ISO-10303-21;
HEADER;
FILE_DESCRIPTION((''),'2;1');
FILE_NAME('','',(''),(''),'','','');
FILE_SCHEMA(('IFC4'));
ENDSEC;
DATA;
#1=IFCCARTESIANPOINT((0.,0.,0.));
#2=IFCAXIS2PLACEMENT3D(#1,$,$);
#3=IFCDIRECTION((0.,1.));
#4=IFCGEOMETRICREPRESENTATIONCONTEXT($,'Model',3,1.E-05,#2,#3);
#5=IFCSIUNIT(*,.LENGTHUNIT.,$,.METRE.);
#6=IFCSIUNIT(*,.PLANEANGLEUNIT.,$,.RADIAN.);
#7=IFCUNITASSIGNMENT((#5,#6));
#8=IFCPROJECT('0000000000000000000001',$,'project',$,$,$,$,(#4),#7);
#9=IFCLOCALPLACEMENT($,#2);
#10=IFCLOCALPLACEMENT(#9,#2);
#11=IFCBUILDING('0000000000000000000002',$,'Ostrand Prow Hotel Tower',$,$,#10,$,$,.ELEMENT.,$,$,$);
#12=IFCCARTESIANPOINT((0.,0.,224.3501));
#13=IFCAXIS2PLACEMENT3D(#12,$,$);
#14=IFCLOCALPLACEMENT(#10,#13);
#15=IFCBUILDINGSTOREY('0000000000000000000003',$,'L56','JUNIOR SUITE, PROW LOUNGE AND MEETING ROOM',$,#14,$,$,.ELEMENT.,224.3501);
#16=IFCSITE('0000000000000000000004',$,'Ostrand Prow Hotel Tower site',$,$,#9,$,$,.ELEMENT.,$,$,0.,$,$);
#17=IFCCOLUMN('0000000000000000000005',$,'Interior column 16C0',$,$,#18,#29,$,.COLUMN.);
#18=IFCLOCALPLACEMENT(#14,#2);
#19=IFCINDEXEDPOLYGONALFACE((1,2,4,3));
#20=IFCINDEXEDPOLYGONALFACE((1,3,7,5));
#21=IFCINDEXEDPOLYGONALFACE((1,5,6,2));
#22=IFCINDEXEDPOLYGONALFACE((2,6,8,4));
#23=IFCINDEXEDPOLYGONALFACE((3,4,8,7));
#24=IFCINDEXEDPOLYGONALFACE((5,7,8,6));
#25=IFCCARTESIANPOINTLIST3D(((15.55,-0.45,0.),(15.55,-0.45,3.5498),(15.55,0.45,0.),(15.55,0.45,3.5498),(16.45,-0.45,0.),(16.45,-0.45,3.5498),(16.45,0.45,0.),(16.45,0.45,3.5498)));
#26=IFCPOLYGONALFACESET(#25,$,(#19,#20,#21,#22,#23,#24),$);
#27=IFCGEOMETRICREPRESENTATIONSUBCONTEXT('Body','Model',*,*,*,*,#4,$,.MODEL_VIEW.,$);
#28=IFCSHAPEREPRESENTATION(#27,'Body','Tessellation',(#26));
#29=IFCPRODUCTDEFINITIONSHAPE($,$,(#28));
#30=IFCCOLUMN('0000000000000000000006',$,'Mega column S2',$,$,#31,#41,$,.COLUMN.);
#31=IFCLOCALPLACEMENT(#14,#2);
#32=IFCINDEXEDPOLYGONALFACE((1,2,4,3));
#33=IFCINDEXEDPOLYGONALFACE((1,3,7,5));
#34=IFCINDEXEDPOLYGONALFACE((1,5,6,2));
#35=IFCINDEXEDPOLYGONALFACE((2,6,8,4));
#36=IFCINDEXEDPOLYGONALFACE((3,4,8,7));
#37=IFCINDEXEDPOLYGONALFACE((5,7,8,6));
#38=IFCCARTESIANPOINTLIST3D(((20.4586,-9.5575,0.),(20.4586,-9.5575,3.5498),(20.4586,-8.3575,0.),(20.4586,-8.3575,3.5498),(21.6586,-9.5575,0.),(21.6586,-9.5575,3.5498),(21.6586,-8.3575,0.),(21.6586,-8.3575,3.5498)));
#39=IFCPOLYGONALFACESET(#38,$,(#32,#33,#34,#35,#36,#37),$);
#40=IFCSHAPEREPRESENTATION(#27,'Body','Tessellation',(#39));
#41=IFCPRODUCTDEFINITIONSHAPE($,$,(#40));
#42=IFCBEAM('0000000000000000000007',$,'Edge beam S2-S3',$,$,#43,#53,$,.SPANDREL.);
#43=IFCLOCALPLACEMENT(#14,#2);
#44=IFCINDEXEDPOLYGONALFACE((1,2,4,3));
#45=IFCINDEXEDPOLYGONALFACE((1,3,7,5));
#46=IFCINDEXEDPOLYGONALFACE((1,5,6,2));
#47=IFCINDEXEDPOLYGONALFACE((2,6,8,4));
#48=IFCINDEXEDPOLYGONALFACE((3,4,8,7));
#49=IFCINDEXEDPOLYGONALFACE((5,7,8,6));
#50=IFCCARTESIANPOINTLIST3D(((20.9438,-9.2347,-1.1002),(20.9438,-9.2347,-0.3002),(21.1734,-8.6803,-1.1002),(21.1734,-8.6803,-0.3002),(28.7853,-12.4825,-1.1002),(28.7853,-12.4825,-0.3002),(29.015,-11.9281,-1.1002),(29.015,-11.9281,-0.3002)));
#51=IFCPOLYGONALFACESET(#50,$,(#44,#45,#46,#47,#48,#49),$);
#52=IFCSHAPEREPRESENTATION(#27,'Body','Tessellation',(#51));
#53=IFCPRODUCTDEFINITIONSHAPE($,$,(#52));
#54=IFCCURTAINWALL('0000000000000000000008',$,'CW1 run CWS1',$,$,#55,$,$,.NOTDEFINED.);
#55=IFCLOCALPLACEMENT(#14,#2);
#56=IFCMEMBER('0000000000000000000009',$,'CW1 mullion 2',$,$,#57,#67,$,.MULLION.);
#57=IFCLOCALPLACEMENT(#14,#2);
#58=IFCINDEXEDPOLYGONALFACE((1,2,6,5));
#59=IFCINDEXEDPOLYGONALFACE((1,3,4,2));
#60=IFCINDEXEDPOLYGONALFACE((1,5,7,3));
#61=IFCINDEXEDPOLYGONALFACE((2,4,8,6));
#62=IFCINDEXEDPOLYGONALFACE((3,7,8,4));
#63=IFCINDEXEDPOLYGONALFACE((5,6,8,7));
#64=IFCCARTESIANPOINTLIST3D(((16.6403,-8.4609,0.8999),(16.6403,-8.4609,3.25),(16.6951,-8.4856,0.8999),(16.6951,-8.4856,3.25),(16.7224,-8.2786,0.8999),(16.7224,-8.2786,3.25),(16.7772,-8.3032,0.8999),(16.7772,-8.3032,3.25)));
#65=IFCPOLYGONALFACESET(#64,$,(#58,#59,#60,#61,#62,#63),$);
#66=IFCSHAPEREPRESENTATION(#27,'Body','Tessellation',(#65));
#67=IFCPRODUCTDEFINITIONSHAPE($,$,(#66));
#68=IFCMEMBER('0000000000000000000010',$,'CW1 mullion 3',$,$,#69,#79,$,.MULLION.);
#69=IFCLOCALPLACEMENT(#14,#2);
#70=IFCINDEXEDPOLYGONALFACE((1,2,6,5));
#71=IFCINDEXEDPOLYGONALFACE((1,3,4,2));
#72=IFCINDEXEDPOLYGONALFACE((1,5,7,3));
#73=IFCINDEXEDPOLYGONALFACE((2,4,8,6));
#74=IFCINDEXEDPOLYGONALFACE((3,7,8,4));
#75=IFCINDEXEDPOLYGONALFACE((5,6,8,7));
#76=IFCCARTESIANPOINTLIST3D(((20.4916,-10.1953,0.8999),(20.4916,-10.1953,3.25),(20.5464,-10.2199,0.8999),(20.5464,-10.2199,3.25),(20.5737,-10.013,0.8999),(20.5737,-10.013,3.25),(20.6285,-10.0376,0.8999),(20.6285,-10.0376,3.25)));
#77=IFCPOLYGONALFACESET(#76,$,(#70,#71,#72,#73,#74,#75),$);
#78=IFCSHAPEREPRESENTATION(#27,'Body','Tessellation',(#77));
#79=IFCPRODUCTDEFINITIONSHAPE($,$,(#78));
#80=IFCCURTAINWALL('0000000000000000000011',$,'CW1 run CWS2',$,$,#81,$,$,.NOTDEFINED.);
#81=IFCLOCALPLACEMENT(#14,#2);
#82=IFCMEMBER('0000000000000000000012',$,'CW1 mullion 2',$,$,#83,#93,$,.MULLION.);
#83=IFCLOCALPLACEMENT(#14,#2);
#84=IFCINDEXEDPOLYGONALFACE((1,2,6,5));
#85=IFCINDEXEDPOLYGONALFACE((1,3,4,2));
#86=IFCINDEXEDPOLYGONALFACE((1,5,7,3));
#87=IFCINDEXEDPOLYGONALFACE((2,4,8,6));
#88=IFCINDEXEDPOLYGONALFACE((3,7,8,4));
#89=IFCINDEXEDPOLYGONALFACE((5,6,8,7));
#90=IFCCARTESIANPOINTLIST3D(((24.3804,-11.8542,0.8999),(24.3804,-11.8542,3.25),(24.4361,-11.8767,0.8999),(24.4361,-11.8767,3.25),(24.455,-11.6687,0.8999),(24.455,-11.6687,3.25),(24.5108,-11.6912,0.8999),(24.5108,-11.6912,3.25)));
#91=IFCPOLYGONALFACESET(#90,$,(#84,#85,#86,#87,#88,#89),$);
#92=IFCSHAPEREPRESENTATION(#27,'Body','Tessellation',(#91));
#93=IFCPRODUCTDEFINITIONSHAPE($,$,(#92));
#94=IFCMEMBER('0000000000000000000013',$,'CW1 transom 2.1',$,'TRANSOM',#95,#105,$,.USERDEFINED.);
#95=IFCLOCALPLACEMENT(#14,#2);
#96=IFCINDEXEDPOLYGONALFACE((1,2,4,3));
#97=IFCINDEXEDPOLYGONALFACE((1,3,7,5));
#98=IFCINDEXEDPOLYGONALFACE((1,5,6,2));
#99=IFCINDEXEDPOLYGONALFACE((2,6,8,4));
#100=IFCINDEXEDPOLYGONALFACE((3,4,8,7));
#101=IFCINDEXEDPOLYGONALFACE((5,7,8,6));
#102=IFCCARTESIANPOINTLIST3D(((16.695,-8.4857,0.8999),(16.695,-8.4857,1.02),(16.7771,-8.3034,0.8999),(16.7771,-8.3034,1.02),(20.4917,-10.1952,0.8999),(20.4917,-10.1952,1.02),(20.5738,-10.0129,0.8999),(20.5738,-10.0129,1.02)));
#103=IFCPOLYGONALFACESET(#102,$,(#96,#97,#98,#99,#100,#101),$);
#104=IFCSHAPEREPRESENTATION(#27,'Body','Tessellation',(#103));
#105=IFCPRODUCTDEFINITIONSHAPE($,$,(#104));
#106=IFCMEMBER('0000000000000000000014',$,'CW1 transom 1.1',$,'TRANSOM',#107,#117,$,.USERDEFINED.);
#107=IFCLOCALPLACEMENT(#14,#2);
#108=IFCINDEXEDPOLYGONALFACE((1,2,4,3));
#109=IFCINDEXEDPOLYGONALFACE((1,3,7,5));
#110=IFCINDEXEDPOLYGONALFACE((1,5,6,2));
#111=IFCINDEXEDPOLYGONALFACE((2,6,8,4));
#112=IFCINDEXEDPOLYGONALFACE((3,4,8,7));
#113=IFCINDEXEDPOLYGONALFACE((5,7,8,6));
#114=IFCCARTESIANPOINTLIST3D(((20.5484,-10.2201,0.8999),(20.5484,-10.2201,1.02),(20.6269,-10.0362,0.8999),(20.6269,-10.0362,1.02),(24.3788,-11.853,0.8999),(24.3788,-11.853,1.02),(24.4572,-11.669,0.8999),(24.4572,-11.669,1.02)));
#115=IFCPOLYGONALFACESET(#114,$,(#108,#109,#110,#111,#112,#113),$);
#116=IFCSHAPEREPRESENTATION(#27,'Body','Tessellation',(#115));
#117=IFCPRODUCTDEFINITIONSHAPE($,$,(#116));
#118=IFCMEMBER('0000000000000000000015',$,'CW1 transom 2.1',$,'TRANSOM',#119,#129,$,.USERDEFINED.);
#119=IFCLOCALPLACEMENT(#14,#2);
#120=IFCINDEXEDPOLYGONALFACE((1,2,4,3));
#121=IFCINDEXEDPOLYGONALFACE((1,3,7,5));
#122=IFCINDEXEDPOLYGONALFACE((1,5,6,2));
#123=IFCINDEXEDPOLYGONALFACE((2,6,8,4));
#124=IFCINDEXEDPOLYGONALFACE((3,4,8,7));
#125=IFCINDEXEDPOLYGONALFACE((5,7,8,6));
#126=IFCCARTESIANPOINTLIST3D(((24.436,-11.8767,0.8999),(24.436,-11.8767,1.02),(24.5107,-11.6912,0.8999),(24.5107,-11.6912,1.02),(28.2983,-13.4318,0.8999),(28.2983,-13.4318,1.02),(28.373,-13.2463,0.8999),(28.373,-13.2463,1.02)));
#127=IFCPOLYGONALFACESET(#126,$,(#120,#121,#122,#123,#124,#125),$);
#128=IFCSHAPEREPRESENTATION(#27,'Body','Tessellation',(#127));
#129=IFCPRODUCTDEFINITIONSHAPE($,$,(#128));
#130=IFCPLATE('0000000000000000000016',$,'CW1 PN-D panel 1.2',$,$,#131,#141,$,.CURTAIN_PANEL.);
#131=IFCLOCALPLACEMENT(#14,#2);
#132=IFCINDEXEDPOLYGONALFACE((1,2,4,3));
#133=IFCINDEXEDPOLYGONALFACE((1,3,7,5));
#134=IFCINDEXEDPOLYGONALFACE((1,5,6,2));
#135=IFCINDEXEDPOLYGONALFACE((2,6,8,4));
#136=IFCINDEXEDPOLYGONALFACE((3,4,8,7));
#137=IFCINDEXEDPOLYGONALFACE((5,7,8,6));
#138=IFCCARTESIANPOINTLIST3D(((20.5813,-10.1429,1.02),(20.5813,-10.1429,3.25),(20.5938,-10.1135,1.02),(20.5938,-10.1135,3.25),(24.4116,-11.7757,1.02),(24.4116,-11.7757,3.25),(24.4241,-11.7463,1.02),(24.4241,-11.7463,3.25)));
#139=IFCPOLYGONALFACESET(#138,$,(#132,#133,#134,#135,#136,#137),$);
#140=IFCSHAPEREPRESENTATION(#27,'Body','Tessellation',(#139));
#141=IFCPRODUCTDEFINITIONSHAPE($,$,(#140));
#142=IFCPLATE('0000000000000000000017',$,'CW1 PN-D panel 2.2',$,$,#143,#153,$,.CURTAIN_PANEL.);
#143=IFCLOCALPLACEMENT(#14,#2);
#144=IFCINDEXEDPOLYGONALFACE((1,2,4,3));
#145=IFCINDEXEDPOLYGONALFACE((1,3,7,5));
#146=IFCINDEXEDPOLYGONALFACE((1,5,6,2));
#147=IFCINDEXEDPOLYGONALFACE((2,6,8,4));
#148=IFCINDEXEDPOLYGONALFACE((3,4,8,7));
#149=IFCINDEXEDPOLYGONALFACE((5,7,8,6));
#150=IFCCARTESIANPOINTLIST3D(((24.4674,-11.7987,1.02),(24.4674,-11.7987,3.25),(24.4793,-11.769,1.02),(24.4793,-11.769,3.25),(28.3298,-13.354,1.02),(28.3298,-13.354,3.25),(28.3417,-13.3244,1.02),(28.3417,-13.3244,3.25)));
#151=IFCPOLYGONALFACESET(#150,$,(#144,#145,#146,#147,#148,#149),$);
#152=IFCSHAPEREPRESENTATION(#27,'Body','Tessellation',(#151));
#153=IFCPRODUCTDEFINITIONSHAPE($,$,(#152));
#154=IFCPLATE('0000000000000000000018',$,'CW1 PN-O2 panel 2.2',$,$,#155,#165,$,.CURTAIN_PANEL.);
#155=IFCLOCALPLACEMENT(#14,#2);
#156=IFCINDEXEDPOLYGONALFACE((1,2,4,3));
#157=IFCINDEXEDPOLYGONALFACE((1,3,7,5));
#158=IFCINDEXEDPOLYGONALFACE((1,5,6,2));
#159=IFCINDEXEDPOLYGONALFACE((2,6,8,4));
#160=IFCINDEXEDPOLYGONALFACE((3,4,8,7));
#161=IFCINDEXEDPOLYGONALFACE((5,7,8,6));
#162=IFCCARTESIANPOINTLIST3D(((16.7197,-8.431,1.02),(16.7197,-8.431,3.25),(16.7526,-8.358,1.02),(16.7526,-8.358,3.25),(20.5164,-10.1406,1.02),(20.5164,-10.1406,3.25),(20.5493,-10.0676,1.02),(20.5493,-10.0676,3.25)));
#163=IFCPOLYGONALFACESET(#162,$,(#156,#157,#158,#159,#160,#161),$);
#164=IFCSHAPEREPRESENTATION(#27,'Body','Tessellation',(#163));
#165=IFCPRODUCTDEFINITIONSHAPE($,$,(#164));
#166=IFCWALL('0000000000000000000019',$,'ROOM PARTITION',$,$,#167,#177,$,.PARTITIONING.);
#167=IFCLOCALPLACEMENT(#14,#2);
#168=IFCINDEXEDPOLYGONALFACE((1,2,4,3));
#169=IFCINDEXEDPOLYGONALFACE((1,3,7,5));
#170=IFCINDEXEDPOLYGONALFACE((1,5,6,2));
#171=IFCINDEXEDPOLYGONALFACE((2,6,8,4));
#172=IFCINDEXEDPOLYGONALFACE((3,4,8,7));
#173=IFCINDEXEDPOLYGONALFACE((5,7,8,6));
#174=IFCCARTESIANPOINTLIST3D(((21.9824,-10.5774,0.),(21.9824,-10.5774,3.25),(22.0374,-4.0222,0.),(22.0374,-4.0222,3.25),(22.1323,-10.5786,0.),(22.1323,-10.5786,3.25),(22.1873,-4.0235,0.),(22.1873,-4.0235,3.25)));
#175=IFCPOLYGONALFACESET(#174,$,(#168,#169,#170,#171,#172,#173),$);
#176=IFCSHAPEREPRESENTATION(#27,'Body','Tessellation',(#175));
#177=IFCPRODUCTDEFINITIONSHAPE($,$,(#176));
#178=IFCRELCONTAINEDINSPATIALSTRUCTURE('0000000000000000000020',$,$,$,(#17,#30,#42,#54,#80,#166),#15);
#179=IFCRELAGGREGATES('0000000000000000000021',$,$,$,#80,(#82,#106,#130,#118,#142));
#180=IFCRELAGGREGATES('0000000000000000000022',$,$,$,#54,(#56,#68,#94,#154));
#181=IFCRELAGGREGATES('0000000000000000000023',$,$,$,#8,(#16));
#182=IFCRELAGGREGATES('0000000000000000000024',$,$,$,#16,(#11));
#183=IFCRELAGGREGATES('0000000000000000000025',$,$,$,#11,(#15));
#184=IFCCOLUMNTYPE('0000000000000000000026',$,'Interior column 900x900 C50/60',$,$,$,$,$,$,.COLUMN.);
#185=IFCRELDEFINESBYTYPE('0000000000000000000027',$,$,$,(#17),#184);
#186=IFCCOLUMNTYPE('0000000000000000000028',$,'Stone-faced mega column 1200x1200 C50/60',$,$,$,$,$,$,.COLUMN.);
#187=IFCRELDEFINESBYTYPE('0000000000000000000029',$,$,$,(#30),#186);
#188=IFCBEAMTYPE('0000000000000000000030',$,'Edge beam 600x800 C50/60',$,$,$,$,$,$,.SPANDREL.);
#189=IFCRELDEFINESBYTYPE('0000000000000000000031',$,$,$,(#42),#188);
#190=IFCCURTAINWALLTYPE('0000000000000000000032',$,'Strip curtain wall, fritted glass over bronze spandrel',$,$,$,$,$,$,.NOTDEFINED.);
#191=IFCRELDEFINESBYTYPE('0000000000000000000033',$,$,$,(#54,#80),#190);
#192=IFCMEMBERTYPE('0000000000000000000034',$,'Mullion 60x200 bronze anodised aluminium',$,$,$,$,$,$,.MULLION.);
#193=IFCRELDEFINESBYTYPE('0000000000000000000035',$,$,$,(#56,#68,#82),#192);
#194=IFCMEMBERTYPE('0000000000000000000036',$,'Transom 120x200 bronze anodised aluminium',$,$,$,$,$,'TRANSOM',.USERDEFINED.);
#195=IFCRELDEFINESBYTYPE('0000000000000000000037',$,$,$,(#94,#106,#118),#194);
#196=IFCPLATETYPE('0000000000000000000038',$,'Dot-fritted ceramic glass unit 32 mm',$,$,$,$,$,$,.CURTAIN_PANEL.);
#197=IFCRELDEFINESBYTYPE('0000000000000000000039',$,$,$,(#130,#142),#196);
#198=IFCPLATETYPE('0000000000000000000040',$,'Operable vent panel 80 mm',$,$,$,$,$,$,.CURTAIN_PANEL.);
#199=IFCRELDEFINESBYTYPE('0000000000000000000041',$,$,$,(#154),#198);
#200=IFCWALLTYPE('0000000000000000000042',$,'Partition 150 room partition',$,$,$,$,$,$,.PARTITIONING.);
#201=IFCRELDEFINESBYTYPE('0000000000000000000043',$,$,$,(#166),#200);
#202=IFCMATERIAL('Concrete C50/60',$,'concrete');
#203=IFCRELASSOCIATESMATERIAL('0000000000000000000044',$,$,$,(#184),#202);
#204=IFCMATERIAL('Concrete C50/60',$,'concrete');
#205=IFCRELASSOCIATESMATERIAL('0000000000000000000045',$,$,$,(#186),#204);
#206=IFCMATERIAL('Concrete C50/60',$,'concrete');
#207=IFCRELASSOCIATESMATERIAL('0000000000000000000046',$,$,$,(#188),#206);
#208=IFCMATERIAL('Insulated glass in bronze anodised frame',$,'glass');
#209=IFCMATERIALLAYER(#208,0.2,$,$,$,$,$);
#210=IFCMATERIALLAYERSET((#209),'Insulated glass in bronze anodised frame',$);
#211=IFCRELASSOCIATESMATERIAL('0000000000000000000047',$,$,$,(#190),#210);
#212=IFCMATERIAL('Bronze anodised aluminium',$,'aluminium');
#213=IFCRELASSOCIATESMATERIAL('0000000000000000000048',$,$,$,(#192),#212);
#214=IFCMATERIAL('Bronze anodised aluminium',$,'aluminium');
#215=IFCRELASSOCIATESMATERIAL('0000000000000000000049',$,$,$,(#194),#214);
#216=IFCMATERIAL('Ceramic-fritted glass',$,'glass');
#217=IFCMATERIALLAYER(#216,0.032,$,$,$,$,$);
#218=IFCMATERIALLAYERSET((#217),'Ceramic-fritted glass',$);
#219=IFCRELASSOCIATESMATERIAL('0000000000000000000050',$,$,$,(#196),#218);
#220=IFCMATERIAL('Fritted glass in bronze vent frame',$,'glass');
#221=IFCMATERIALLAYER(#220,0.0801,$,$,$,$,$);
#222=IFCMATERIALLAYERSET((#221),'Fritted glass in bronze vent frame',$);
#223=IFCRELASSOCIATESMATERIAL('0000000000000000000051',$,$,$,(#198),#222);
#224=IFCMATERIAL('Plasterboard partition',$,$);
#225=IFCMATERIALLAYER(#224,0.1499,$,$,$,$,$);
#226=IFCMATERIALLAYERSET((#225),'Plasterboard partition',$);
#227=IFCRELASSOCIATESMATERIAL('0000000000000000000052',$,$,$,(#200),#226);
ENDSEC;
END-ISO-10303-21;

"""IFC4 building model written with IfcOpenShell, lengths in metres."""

from ifc_helpers import new_model, si_unit, direction, frame, frame_2d, origin, origin_2d, place, context, subcontext, project, spatial, rectangle, extrude, material, layer, layer_set, material_profile, profile_set, type_object, element, aggregate, save


model = new_model("IFC4")

# Units and contexts
model_context = context("Model", 3, precision=1e-05, world=origin(), true_north=direction((0.0, 1.0)))
body_context = subcontext(model_context, "Body", "Model", "MODEL_VIEW")
ifc_project = project(units=[si_unit("LENGTHUNIT", "METRE"), si_unit("PLANEANGLEUNIT", "RADIAN")], contexts=[model_context])

# Site, building, storey
site_placement = place(None, origin())
site = spatial("IfcSite", under=ifc_project, at=site_placement, Name="Ostrand Prow Hotel Tower site", CompositionType="ELEMENT", RefElevation=0.0)
building_placement = place(site_placement, origin())
building = spatial("IfcBuilding", under=site, at=building_placement, Name="Ostrand Prow Hotel Tower", CompositionType="ELEMENT")
storey_placement = place(building_placement, frame((0.0, 0.0, 224.3501)))
storey = spatial("IfcBuildingStorey", under=building, at=storey_placement, Name="L56", Description="JUNIOR SUITE, PROW LOUNGE AND MEETING ROOM", CompositionType="ELEMENT", Elevation=224.3501)

# Columns
ifc_material_1 = material(Name="Concrete C50/60", Category="concrete")
ifc_material_profile_1 = material_profile(ifc_material_1, rectangle(XDim=0.8999, YDim=0.8999, at=origin_2d()), Name="RC 900x900")
ifc_profile_set_1 = profile_set([ifc_material_profile_1], Name="Concrete C50/60")
column_type_1 = type_object("IfcColumnType", Name="Interior column 900x900 C50/60", PredefinedType="COLUMN", material=ifc_profile_set_1)
column_1_placement = place(storey_placement, frame((16.0, 0.0, 0.0), z_axis=(0.0, 0.0, 1.0), x_axis=(1.0, 0.0, 0.0)))
element("IfcColumn", 1, at=column_1_placement, inside=storey, type_object=column_type_1, Name="Interior column 16C0", PredefinedType="COLUMN", context=body_context, shape_type="SweptSolid", body=[
    extrude(rectangle(XDim=0.8999, YDim=0.8999, at=origin_2d()), origin(), (0.0, 0.0, 1.0), 3.5498),
])
ifc_material_2 = material(Name="Concrete C50/60", Category="concrete")
ifc_material_profile_2 = material_profile(ifc_material_2, rectangle(XDim=1.2, YDim=1.2, at=origin_2d()), Name="RC 1200x1200")
ifc_profile_set_2 = profile_set([ifc_material_profile_2], Name="Concrete C50/60")
column_type_2 = type_object("IfcColumnType", Name="Stone-faced mega column 1200x1200 C50/60", PredefinedType="COLUMN", material=ifc_profile_set_2)
column_2_placement = place(storey_placement, frame((21.0586, -8.9575, 0.0), z_axis=(0.0, 0.0, 1.0), x_axis=(1.0, 0.0, 0.0)))
element("IfcColumn", 2, at=column_2_placement, inside=storey, type_object=column_type_2, Name="Mega column S2", PredefinedType="COLUMN", context=body_context, shape_type="SweptSolid", body=[
    extrude(rectangle(XDim=1.2, YDim=1.2, at=origin_2d()), origin(), (0.0, 0.0, 1.0), 3.5498),
])

# Beam
ifc_material_3 = material(Name="Concrete C50/60", Category="concrete")
ifc_material_profile_3 = material_profile(ifc_material_3, rectangle(XDim=0.6001, YDim=0.8, at=origin_2d()), Name="RC 600x800")
ifc_profile_set_3 = profile_set([ifc_material_profile_3], Name="Concrete C50/60")
beam_type = type_object("IfcBeamType", Name="Edge beam 600x800 C50/60", PredefinedType="SPANDREL", material=ifc_profile_set_3)
beam_placement = place(storey_placement, frame((21.0586, -8.9575, -0.7002), z_axis=(0.923891, -0.382656, 0.0), x_axis=(0.382656, 0.923891, 0.0)))
element("IfcBeam", 3, at=beam_placement, inside=storey, type_object=beam_type, Name="Edge beam S2-S3", PredefinedType="SPANDREL", context=body_context, shape_type="SweptSolid", body=[
    extrude(rectangle(XDim=0.6001, YDim=0.8, at=origin_2d()), origin(), (0.0, 0.0, 1.0), 8.4875),
])

# Curtain wall, members
ifc_material_4 = material(Name="Insulated glass in bronze anodised frame", Category="glass")
ifc_layer_1 = layer(ifc_material_4, 0.2)
ifc_layer_set_1 = layer_set([ifc_layer_1], Name="Insulated glass in bronze anodised frame")
curtain_wall_type = type_object("IfcCurtainWallType", Name="Strip curtain wall, fritted glass over bronze spandrel", PredefinedType="NOTDEFINED", material=ifc_layer_set_1)
curtain_wall_1_placement = place(storey_placement, origin())
curtain_wall_1 = element("IfcCurtainWall", 4, at=curtain_wall_1_placement, inside=storey, type_object=curtain_wall_type, Name="CW1 run CWS1", PredefinedType="NOTDEFINED")
ifc_material_5 = material(Name="Bronze anodised aluminium", Category="aluminium")
ifc_material_profile_4 = material_profile(ifc_material_5, rectangle(XDim=0.2, YDim=0.0601, at=origin_2d()), Name="Mullion 60x200 bronze anodised aluminium")
ifc_profile_set_4 = profile_set([ifc_material_profile_4], Name="Bronze anodised aluminium")
member_type_1 = type_object("IfcMemberType", Name="Mullion 60x200 bronze anodised aluminium", PredefinedType="MULLION", material=ifc_profile_set_4)
member_1_placement = place(storey_placement, frame((16.7087, -8.3821, 0.8999), z_axis=(0.0, 0.0, 1.0), x_axis=(0.410582, 0.911824, 0.0)))
member_1 = element("IfcMember", 5, at=member_1_placement, type_object=member_type_1, Name="CW1 mullion 2", PredefinedType="MULLION", context=body_context, shape_type="SweptSolid", body=[
    extrude(rectangle(XDim=0.2, YDim=0.0601, at=origin_2d()), origin(), (0.0, 0.0, 1.0), 2.3501),
])
member_2_placement = place(storey_placement, frame((20.5601, -10.1165, 0.8999), z_axis=(0.0, 0.0, 1.0), x_axis=(0.410582, 0.911824, 0.0)))
member_2 = element("IfcMember", 6, at=member_2_placement, type_object=member_type_1, Name="CW1 mullion 3", PredefinedType="MULLION", context=body_context, shape_type="SweptSolid", body=[
    extrude(rectangle(XDim=0.2, YDim=0.0601, at=origin_2d()), origin(), (0.0, 0.0, 1.0), 2.3501),
])

# Curtain wall, member
curtain_wall_2_placement = place(storey_placement, origin())
curtain_wall_2 = element("IfcCurtainWall", 7, at=curtain_wall_2_placement, inside=storey, type_object=curtain_wall_type, Name="CW1 run CWS2", PredefinedType="NOTDEFINED")
member_3_placement = place(storey_placement, frame((24.4456, -11.7727, 0.8999), z_axis=(0.0, 0.0, 1.0), x_axis=(0.373533, 0.927617, 0.0)))
member_3 = element("IfcMember", 8, at=member_3_placement, type_object=member_type_1, Name="CW1 mullion 2", PredefinedType="MULLION", context=body_context, shape_type="SweptSolid", body=[
    extrude(rectangle(XDim=0.2, YDim=0.0601, at=origin_2d()), origin(), (0.0, 0.0, 1.0), 2.3501),
])

# Members
ifc_material_6 = material(Name="Bronze anodised aluminium", Category="aluminium")
ifc_material_profile_5 = material_profile(ifc_material_6, rectangle(XDim=0.2, YDim=0.1201, at=origin_2d()), Name="Transom 120x200 bronze anodised aluminium")
ifc_profile_set_5 = profile_set([ifc_material_profile_5], Name="Bronze anodised aluminium")
member_type_2 = type_object("IfcMemberType", Name="Transom 120x200 bronze anodised aluminium", ElementType="TRANSOM", PredefinedType="USERDEFINED", material=ifc_profile_set_5)
member_4_placement = place(storey_placement, frame((16.7361, -8.3945, 0.96), z_axis=(0.911833, -0.410562, 0.0), x_axis=(0.410562, 0.911833, 0.0)))
member_4 = element("IfcMember", 9, at=member_4_placement, type_object=member_type_2, Name="CW1 transom 2.1", ObjectType="TRANSOM", PredefinedType="USERDEFINED", context=body_context, shape_type="SweptSolid", body=[
    extrude(rectangle(XDim=0.2, YDim=0.1201, at=origin_2d()), origin(), (0.0, 0.0, 1.0), 4.1638),
])
member_5_placement = place(storey_placement, frame((20.5876, -10.1282, 0.96), z_axis=(0.919905, -0.392142, 0.0), x_axis=(0.392142, 0.919905, 0.0)))
member_5 = element("IfcMember", 10, at=member_5_placement, type_object=member_type_2, Name="CW1 transom 1.1", ObjectType="TRANSOM", PredefinedType="USERDEFINED", context=body_context, shape_type="SweptSolid", body=[
    extrude(rectangle(XDim=0.2, YDim=0.1201, at=origin_2d()), origin(), (0.0, 0.0, 1.0), 4.1638),
])
member_6_placement = place(storey_placement, frame((24.4734, -11.7839, 0.96), z_axis=(0.927625, -0.373513, 0.0), x_axis=(0.373513, 0.927625, 0.0)))
member_6 = element("IfcMember", 11, at=member_6_placement, type_object=member_type_2, Name="CW1 transom 2.1", ObjectType="TRANSOM", PredefinedType="USERDEFINED", context=body_context, shape_type="SweptSolid", body=[
    extrude(rectangle(XDim=0.2, YDim=0.1201, at=origin_2d()), origin(), (0.0, 0.0, 1.0), 4.1636),
])

# Plates
ifc_material_7 = material(Name="Ceramic-fritted glass", Category="glass")
ifc_layer_2 = layer(ifc_material_7, 0.032)
ifc_layer_set_2 = layer_set([ifc_layer_2], Name="Ceramic-fritted glass")
plate_type_1 = type_object("IfcPlateType", Name="Dot-fritted ceramic glass unit 32 mm", PredefinedType="CURTAIN_PANEL", material=ifc_layer_set_2)
plate_1_placement = place(storey_placement, frame((22.5027, -10.9446, 1.02), z_axis=(0.0, 0.0, 1.0), x_axis=(0.919907, -0.392136, 0.0)))
plate_1 = element("IfcPlate", 12, at=plate_1_placement, type_object=plate_type_1, Name="CW1 PN-D panel 1.2", PredefinedType="CURTAIN_PANEL", context=body_context, shape_type="SweptSolid", body=[
    extrude(rectangle(XDim=4.1638, YDim=0.032, at=origin_2d()), origin(), (0.0, 0.0, 1.0), 2.23),
])
plate_2_placement = place(storey_placement, frame((26.4045, -12.5615, 1.02), z_axis=(0.0, 0.0, 1.0), x_axis=(0.927617, -0.373533, 0.0)))
plate_2 = element("IfcPlate", 13, at=plate_2_placement, type_object=plate_type_1, Name="CW1 PN-D panel 2.2", PredefinedType="CURTAIN_PANEL", context=body_context, shape_type="SweptSolid", body=[
    extrude(rectangle(XDim=4.1638, YDim=0.032, at=origin_2d()), origin(), (0.0, 0.0, 1.0), 2.23),
])
aggregate(curtain_wall_2, [member_3, member_5, plate_1, member_6, plate_2])
ifc_material_8 = material(Name="Fritted glass in bronze vent frame", Category="glass")
ifc_layer_3 = layer(ifc_material_8, 0.0801)
ifc_layer_set_3 = layer_set([ifc_layer_3], Name="Fritted glass in bronze vent frame")
plate_type_2 = type_object("IfcPlateType", Name="Operable vent panel 80 mm", PredefinedType="CURTAIN_PANEL", material=ifc_layer_set_3)
plate_3_placement = place(storey_placement, frame((18.6345, -9.2493, 1.02), z_axis=(0.0, 0.0, 1.0), x_axis=(0.911824, -0.410582, 0.0)))
plate_3 = element("IfcPlate", 14, at=plate_3_placement, type_object=plate_type_2, Name="CW1 PN-O2 panel 2.2", PredefinedType="CURTAIN_PANEL", context=body_context, shape_type="SweptSolid", body=[
    extrude(rectangle(XDim=4.1638, YDim=0.0801, at=origin_2d()), origin(), (0.0, 0.0, 1.0), 2.23),
])
aggregate(curtain_wall_1, [member_1, member_2, member_4, plate_3])

# Wall
ifc_material_9 = material(Name="Plasterboard partition")
ifc_layer_4 = layer(ifc_material_9, 0.1499)
ifc_layer_set_4 = layer_set([ifc_layer_4], Name="Plasterboard partition")
wall_type_1 = type_object("IfcWallType", Name="Partition 150 room partition", PredefinedType="PARTITIONING", material=ifc_layer_set_4)
wall_1_placement = place(storey_placement, frame((22.1123, -4.0227, 0.0), z_axis=(0.0, 0.0, 1.0), x_axis=(-0.00838, -0.999965, 0.0)))
element("IfcWall", 15, at=wall_1_placement, inside=storey, type_object=wall_type_1, Name="ROOM PARTITION", PredefinedType="PARTITIONING", context=body_context, shape_type="SweptSolid", body=[
    extrude(rectangle(XDim=6.5554, YDim=0.1499, at=frame_2d((3.2778, 0.0))), origin(), (0.0, 0.0, 1.0), 3.25),
])

save(model, "model.ifc")
